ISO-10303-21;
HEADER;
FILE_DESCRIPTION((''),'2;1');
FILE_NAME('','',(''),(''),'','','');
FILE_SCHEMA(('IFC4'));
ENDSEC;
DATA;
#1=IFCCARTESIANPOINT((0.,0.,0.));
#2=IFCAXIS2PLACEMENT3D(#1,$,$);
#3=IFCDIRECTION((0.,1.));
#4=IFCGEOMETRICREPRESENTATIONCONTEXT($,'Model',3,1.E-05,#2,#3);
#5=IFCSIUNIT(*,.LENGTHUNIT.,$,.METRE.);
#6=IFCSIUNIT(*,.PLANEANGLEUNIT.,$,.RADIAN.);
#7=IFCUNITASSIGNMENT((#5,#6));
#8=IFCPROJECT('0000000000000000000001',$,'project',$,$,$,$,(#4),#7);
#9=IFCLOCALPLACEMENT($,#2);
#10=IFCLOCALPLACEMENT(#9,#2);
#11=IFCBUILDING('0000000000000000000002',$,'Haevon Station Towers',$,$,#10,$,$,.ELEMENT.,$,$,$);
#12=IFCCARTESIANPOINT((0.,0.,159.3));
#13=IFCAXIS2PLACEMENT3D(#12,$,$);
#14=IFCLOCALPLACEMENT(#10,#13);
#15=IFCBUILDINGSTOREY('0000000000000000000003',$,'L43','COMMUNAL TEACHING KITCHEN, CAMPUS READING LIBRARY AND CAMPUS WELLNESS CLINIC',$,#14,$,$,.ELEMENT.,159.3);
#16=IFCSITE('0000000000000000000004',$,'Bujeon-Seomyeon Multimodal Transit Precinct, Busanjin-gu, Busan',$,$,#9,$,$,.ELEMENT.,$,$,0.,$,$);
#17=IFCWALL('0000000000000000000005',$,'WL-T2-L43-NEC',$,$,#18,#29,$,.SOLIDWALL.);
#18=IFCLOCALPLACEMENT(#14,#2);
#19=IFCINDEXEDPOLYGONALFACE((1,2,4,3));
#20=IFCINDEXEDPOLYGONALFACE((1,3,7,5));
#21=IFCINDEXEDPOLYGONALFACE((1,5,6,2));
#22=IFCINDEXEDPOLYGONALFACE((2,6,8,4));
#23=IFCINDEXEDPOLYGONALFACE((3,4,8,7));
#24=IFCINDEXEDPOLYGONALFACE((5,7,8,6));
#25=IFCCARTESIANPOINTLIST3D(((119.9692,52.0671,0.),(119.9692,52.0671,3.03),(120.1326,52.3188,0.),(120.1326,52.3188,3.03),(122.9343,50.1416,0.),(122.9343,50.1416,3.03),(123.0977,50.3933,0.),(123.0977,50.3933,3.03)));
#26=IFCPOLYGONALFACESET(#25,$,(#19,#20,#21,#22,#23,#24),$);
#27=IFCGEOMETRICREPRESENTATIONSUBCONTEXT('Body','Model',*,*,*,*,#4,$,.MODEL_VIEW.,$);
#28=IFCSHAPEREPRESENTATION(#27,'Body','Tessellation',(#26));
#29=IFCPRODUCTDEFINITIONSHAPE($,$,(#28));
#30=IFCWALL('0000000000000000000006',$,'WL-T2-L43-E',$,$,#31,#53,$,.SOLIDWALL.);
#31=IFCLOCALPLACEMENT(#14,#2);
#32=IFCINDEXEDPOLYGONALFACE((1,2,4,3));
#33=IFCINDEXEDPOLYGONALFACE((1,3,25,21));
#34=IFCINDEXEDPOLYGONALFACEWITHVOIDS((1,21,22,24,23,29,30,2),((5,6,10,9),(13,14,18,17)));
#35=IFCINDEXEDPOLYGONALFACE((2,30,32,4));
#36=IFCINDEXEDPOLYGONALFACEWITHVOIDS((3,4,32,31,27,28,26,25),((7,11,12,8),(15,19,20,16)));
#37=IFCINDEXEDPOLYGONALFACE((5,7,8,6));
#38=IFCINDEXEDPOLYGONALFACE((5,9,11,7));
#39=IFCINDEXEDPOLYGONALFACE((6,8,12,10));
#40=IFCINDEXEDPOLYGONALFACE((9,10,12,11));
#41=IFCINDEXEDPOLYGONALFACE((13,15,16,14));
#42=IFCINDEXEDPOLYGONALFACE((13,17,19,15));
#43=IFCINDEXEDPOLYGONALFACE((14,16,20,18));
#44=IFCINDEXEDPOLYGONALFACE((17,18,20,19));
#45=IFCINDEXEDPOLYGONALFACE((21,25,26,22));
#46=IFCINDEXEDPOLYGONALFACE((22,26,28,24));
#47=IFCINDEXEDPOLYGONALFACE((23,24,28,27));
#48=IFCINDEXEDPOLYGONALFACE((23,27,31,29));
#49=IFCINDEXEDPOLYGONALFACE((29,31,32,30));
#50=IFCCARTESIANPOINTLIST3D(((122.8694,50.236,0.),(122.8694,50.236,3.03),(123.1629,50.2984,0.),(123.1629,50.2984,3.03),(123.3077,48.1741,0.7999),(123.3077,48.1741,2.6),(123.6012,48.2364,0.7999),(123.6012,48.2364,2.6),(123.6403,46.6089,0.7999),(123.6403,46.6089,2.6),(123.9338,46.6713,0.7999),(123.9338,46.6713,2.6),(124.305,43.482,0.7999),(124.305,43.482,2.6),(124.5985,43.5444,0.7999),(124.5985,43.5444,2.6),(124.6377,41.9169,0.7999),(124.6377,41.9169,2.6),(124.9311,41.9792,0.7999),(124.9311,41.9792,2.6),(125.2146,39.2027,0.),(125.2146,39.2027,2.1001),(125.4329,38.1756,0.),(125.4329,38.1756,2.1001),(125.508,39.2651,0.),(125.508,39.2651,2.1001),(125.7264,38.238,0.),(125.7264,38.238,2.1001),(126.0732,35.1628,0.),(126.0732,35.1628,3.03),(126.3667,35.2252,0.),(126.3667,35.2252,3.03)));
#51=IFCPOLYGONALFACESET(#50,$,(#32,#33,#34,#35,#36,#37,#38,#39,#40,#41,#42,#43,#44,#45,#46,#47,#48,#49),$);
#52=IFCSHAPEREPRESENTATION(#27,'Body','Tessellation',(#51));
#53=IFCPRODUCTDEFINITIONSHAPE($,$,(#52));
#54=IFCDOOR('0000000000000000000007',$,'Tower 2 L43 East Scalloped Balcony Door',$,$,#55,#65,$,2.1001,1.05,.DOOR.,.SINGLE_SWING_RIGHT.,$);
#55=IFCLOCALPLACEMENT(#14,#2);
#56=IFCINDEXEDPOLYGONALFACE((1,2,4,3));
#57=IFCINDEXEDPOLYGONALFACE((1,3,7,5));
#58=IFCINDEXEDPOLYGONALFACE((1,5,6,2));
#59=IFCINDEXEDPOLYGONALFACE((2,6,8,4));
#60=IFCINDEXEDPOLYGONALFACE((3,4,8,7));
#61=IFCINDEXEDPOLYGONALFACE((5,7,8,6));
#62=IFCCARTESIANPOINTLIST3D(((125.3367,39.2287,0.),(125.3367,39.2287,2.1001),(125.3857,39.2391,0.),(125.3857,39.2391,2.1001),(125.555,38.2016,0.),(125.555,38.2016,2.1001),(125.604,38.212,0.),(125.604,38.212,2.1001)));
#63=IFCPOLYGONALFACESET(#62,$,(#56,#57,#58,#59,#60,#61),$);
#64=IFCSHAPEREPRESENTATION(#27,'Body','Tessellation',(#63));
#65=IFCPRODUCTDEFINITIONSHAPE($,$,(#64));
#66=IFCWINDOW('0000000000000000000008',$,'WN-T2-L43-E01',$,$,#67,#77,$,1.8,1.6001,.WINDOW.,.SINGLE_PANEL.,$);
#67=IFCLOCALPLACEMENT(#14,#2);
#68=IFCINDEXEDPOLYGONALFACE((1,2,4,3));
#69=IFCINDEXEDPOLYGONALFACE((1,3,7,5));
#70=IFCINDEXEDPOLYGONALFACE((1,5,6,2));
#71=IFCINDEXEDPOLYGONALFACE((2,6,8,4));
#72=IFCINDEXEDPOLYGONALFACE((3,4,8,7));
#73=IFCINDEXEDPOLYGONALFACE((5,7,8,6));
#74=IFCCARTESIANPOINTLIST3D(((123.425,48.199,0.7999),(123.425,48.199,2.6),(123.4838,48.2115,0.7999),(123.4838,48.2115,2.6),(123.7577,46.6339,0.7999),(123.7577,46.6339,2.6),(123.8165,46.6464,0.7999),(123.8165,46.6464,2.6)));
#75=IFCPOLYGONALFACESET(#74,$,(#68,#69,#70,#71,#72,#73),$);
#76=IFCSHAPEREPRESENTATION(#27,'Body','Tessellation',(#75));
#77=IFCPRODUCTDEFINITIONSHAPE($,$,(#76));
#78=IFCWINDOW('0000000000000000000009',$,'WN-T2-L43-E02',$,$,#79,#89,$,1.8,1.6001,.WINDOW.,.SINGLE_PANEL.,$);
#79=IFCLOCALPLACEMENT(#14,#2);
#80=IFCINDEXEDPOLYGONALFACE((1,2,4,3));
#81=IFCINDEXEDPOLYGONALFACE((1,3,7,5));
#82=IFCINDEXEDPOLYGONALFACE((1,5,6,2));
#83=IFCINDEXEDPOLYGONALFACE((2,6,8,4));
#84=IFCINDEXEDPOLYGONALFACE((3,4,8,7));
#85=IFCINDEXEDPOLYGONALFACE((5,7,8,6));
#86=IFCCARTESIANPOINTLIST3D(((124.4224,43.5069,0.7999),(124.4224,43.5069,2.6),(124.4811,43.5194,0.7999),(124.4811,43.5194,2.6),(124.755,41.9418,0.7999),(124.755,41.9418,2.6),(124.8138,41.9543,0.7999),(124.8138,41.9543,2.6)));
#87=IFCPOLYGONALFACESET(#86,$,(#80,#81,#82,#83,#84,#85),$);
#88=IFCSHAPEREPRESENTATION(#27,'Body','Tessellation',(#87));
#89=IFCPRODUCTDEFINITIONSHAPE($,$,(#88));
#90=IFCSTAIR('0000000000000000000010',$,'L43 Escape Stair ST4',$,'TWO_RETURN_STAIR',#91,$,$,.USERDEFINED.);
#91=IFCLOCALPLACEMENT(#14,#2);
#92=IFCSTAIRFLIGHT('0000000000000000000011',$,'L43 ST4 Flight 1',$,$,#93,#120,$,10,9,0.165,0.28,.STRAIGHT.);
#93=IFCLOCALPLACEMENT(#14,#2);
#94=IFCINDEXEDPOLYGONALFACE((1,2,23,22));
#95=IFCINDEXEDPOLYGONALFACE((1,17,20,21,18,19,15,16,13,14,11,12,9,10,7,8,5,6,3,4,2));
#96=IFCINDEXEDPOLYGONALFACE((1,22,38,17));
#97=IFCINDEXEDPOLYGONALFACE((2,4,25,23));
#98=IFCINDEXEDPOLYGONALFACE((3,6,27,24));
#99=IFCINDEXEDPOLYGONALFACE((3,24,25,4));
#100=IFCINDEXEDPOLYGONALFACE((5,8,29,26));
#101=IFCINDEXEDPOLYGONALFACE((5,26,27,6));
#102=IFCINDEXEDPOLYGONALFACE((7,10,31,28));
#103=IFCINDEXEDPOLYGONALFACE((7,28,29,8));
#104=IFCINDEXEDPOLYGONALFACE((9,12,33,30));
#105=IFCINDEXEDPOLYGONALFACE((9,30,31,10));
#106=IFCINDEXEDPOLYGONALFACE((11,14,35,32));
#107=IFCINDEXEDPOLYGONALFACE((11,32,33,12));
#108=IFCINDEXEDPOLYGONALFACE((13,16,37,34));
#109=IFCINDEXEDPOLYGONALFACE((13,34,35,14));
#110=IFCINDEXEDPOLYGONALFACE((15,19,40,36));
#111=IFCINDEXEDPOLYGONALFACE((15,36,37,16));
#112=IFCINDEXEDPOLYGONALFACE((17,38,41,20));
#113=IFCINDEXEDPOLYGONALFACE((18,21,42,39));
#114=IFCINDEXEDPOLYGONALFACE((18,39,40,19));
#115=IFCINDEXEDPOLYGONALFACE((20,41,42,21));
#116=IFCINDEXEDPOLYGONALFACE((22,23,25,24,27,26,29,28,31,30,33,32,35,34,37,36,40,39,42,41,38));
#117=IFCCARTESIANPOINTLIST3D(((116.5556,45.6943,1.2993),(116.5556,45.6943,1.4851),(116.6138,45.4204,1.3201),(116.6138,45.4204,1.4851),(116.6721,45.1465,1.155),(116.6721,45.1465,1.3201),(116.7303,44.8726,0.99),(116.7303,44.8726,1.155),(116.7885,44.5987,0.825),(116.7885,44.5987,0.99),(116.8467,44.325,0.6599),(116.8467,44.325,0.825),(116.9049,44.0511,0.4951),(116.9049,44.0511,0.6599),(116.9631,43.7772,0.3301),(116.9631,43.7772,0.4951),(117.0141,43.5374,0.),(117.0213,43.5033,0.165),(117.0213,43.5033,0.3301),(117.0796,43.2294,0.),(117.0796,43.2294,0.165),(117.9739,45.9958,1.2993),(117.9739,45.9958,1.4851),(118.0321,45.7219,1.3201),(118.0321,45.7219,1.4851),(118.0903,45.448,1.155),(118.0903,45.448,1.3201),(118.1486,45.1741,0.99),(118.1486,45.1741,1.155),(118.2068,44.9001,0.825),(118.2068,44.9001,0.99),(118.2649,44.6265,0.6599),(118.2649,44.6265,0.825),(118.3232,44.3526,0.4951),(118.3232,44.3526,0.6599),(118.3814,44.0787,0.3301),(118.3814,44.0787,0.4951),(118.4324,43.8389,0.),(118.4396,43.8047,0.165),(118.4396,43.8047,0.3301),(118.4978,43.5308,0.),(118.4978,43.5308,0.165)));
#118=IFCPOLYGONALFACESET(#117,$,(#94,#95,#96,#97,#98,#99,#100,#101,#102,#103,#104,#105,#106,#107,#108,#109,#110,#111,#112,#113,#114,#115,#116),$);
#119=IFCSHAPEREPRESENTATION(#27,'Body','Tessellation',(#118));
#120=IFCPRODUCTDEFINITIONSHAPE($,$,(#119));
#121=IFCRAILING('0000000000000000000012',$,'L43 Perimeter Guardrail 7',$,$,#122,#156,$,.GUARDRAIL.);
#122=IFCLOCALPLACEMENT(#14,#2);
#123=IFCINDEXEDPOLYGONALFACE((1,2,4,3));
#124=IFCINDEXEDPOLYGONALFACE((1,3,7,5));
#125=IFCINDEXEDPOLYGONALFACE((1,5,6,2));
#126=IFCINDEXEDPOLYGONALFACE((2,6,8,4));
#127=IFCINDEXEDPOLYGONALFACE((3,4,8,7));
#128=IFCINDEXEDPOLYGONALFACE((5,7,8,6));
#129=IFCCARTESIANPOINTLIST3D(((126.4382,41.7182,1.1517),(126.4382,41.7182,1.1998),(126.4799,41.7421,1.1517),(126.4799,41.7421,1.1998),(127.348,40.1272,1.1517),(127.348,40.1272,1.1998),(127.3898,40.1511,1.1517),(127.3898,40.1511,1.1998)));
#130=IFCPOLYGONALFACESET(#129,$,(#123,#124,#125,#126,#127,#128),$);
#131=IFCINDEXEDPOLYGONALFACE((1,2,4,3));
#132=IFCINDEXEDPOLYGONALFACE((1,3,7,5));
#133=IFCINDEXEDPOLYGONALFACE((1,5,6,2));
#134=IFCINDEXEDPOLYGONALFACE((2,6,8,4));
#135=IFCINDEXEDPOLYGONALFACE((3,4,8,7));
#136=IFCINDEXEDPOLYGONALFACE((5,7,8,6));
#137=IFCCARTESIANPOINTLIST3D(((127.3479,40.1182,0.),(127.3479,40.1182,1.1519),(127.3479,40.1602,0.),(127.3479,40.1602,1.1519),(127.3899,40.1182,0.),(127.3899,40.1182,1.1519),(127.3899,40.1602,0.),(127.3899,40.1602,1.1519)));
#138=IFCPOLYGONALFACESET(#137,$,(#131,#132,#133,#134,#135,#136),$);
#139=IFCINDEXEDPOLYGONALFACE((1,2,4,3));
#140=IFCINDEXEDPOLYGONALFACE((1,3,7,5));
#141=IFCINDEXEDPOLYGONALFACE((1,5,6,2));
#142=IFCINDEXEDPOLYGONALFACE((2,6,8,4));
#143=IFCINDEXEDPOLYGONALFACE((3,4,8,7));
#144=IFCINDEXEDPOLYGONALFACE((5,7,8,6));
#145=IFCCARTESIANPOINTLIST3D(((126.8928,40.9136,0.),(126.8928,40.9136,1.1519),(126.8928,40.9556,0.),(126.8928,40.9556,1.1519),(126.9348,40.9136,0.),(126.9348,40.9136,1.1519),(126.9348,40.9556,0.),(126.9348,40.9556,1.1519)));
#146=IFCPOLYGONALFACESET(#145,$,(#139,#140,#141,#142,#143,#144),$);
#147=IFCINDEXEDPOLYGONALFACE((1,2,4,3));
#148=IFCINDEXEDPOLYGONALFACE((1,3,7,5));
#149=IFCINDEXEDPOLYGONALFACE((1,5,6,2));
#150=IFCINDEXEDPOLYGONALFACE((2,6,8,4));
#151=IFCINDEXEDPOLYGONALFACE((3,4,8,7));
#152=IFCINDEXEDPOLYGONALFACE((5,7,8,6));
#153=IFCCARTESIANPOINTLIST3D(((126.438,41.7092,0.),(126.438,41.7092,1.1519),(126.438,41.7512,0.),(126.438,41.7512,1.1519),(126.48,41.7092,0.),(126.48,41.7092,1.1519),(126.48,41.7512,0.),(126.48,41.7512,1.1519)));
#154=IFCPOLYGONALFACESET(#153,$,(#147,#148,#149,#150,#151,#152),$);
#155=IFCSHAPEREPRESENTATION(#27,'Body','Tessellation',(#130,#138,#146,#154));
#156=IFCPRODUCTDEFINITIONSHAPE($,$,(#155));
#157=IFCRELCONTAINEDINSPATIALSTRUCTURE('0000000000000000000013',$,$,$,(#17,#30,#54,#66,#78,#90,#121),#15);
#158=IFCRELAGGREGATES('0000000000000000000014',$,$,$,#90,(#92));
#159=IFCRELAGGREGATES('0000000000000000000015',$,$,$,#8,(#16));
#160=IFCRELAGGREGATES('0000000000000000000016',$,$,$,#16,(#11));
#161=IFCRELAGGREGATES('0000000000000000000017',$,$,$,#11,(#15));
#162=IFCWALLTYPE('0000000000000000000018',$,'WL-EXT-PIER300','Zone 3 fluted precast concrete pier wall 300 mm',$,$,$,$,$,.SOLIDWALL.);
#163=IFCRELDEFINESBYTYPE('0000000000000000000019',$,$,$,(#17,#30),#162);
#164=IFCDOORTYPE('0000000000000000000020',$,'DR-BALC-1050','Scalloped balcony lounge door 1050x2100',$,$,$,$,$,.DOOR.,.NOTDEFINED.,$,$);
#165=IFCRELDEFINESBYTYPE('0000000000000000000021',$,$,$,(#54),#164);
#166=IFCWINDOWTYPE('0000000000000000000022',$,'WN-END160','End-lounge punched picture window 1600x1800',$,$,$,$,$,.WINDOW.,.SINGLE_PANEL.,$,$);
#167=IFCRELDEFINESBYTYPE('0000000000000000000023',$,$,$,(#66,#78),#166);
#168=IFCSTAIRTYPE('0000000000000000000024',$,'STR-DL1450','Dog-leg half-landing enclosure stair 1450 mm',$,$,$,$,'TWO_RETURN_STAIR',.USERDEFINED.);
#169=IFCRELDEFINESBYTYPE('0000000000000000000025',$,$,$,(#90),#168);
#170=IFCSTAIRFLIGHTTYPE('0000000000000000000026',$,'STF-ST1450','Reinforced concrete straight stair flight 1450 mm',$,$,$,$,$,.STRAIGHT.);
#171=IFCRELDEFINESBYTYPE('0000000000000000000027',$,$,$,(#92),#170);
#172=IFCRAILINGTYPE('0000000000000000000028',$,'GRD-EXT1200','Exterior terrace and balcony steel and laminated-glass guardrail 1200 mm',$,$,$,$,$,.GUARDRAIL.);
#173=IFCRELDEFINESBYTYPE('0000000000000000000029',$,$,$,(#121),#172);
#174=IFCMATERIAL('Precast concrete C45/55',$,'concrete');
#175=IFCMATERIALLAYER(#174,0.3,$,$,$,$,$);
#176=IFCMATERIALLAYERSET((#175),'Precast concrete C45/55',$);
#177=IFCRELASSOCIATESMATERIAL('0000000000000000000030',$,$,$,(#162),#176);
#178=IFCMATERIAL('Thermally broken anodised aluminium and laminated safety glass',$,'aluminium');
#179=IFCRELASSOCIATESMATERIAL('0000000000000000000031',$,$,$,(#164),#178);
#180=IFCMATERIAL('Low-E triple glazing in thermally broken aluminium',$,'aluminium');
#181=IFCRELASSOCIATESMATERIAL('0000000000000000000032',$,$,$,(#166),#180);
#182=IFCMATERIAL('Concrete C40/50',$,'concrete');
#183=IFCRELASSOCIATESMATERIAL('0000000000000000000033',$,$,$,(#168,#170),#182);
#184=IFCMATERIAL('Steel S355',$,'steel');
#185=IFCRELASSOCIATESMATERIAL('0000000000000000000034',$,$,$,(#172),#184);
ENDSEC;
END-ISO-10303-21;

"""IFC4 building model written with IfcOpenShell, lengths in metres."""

from ifc_helpers import new_model, si_unit, direction, frame, frame_2d, origin, origin_2d, place, context, subcontext, project, spatial, polyline, rectangle, outline, extrude, material, layer, layer_set, type_object, element, fill, aggregate, save


model = new_model("IFC4")

# Units and contexts
model_context = context("Model", 3, precision=1e-05, world=origin(), true_north=direction((0.0, 1.0)))
body_context = subcontext(model_context, "Body", "Model", "MODEL_VIEW")
ifc_project = project(units=[si_unit("LENGTHUNIT", "METRE"), si_unit("PLANEANGLEUNIT", "RADIAN")], contexts=[model_context])

# Site, building, storey
site_placement = place(None, origin())
site = spatial("IfcSite", under=ifc_project, at=site_placement, Name="Bujeon-Seomyeon Multimodal Transit Precinct, Busanjin-gu, Busan", CompositionType="ELEMENT", RefElevation=0.0)
building_placement = place(site_placement, origin())
building = spatial("IfcBuilding", under=site, at=building_placement, Name="Haevon Station Towers", CompositionType="ELEMENT")
storey_placement = place(building_placement, frame((0.0, 0.0, 159.3)))
storey = spatial("IfcBuildingStorey", under=building, at=storey_placement, Name="L43", Description="COMMUNAL TEACHING KITCHEN, CAMPUS READING LIBRARY AND CAMPUS WELLNESS CLINIC", CompositionType="ELEMENT", Elevation=159.3)

# Shared definitions
ifc_material_1 = material(Name="Steel S355", Category="steel")

# Wall
ifc_material_2 = material(Name="Precast concrete C45/55", Category="concrete")
ifc_layer_1 = layer(ifc_material_2, 0.3)
ifc_layer_set_1 = layer_set([ifc_layer_1], Name="Precast concrete C45/55")
wall_type_1 = type_object("IfcWallType", Name="WL-EXT-PIER300", Description="Zone 3 fluted precast concrete pier wall 300 mm", PredefinedType="SOLIDWALL", material=ifc_layer_set_1)
wall_1_placement = place(storey_placement, frame((120.051, 52.1929, 0.0), z_axis=(0.0, 0.0, 1.0), x_axis=(0.838672, -0.544636, 0.0)))
element("IfcWall", 1, at=wall_1_placement, inside=storey, type_object=wall_type_1, Name="WL-T2-L43-NEC", PredefinedType="SOLIDWALL", context=body_context, shape_type="SweptSolid", body=[
    extrude(rectangle(XDim=3.5354, YDim=0.3, at=frame_2d((1.7676, 0.0))), origin(), (0.0, 0.0, 1.0), 3.03),
])

# Wall, openings, door, windows
wall_2_placement = place(storey_placement, frame((123.0161, 50.2673, 0.0), z_axis=(0.0, 0.0, 1.0), x_axis=(0.207908, -0.978148, 0.0)))
wall_2 = element("IfcWall", 2, at=wall_2_placement, inside=storey, type_object=wall_type_1, Name="WL-T2-L43-E", PredefinedType="SOLIDWALL", context=body_context, shape_type="SweptSolid", body=[
    extrude(rectangle(XDim=15.4099, YDim=0.3, at=frame_2d((7.7051, 0.0))), origin(), (0.0, 0.0, 1.0), 3.03),
])
opening_1_placement = place(wall_2_placement, frame((11.28, 0.0, 0.0)))
opening_1 = element("IfcOpeningElement", 3, at=opening_1_placement, cuts=wall_2, PredefinedType="OPENING", context=body_context, shape_type="SweptSolid", body=[
    extrude(rectangle(XDim=1.05, YDim=2.1001, at=frame_2d((0.5249, 1.05))), frame((0.0, 0.1599, 0.0), z_axis=(0.0, -1.0, 0.0), x_axis=(1.0, 0.0, 0.0)), (0.0, 0.0, 1.0), 0.3201),
])
opening_2_placement = place(wall_2_placement, frame((2.1082, 0.0, 0.8)))
opening_2 = element("IfcOpeningElement", 4, at=opening_2_placement, cuts=wall_2, PredefinedType="OPENING", context=body_context, shape_type="SweptSolid", body=[
    extrude(rectangle(XDim=1.6001, YDim=1.8, at=frame_2d((0.8, 0.8999))), frame((0.0, 0.1599, 0.0), z_axis=(0.0, -1.0, 0.0), x_axis=(1.0, 0.0, 0.0)), (0.0, 0.0, 1.0), 0.3201),
])
opening_3_placement = place(wall_2_placement, frame((6.905, 0.0, 0.8)))
opening_3 = element("IfcOpeningElement", 5, at=opening_3_placement, cuts=wall_2, PredefinedType="OPENING", context=body_context, shape_type="SweptSolid", body=[
    extrude(rectangle(XDim=1.6001, YDim=1.8, at=frame_2d((0.8, 0.8999))), frame((0.0, 0.1599, 0.0), z_axis=(0.0, -1.0, 0.0), x_axis=(1.0, 0.0, 0.0)), (0.0, 0.0, 1.0), 0.3201),
])
ifc_material_3 = material(Name="Thermally broken anodised aluminium and laminated safety glass", Category="aluminium")
door_type = type_object("IfcDoorType", Name="DR-BALC-1050", Description="Scalloped balcony lounge door 1050x2100", OperationType="NOTDEFINED", PredefinedType="DOOR", material=ifc_material_3)
door_placement = place(opening_1_placement, origin())
door = element("IfcDoor", 6, at=door_placement, inside=storey, type_object=door_type, Name="Tower 2 L43 East Scalloped Balcony Door", OperationType="SINGLE_SWING_RIGHT", OverallHeight=2.1001, OverallWidth=1.05, PredefinedType="DOOR", context=body_context, shape_type="SweptSolid", body=[
    extrude(rectangle(XDim=1.05, YDim=2.1001, at=frame_2d((0.5249, 1.05))), frame((0.0, 0.0249, 0.0), z_axis=(0.0, -1.0, 0.0), x_axis=(1.0, 0.0, 0.0)), (0.0, 0.0, 1.0), 0.05),
])
fill(opening_1, door)
ifc_material_4 = material(Name="Low-E triple glazing in thermally broken aluminium", Category="aluminium")
window_type = type_object("IfcWindowType", Name="WN-END160", Description="End-lounge punched picture window 1600x1800", PartitioningType="SINGLE_PANEL", PredefinedType="WINDOW", material=ifc_material_4)
window_1_placement = place(opening_2_placement, origin())
window_1 = element("IfcWindow", 7, at=window_1_placement, inside=storey, type_object=window_type, Name="WN-T2-L43-E01", OverallHeight=1.8, OverallWidth=1.6001, PartitioningType="SINGLE_PANEL", PredefinedType="WINDOW", context=body_context, shape_type="SweptSolid", body=[
    extrude(rectangle(XDim=1.6001, YDim=1.8, at=frame_2d((0.8, 0.8999))), frame((0.0, 0.03, 0.0), z_axis=(0.0, -1.0, 0.0), x_axis=(1.0, 0.0, 0.0)), (0.0, 0.0, 1.0), 0.0601),
])
fill(opening_2, window_1)
window_2_placement = place(opening_3_placement, origin())
window_2 = element("IfcWindow", 8, at=window_2_placement, inside=storey, type_object=window_type, Name="WN-T2-L43-E02", OverallHeight=1.8, OverallWidth=1.6001, PartitioningType="SINGLE_PANEL", PredefinedType="WINDOW", context=body_context, shape_type="SweptSolid", body=[
    extrude(rectangle(XDim=1.6001, YDim=1.8, at=frame_2d((0.8, 0.8999))), frame((0.0, 0.03, 0.0), z_axis=(0.0, -1.0, 0.0), x_axis=(1.0, 0.0, 0.0)), (0.0, 0.0, 1.0), 0.0601),
])
fill(opening_3, window_2)

# Stair, stair flight
ifc_material_5 = material(Name="Concrete C40/50", Category="concrete")
stair_type = type_object("IfcStairType", Name="STR-DL1450", Description="Dog-leg half-landing enclosure stair 1450 mm", ElementType="TWO_RETURN_STAIR", PredefinedType="USERDEFINED", material=ifc_material_5)
stair_placement = place(storey_placement, origin())
stair = element("IfcStair", 9, at=stair_placement, inside=storey, type_object=stair_type, Name="L43 Escape Stair ST4", ObjectType="TWO_RETURN_STAIR", PredefinedType="USERDEFINED")
stair_flight_type = type_object("IfcStairFlightType", Name="STF-ST1450", Description="Reinforced concrete straight stair flight 1450 mm", PredefinedType="STRAIGHT", material=ifc_material_5)
stair_flight_placement = place(storey_placement, frame((117.7888, 43.3801, 0.0), z_axis=(0.0, 0.0, 1.0), x_axis=(-0.207912, 0.978148, 0.0)))
stair_flight = element("IfcStairFlight", 10, at=stair_flight_placement, type_object=stair_flight_type, Name="L43 ST4 Flight 1", NumberOfRisers=10, NumberOfTreads=9, PredefinedType="STRAIGHT", RiserHeight=0.165, TreadLength=0.28, context=body_context, shape_type="SweptSolid", body=[
    extrude(outline(polyline([(0.0, 0.0), (0.0, 0.165), (0.28, 0.165), (0.28, 0.3301), (0.5601, 0.3301), (0.5601, 0.4951), (0.8401, 0.4951), (0.8401, 0.6599), (1.1201, 0.6599), (1.1201, 0.825), (1.3999, 0.825), (1.3999, 0.99), (1.6799, 0.99), (1.6799, 1.155), (1.96, 1.155), (1.96, 1.3201), (2.24, 1.3201), (2.24, 1.4851), (2.52, 1.4851), (2.52, 1.6499), (2.52, 1.2993), (0.3149, 0.0), (0.0, 0.0)])), frame((0.0, 0.7251, 0.0), z_axis=(0.0, -1.0, 0.0), x_axis=(1.0, 0.0, 0.0)), (0.0, 0.0, 1.0), 1.45),
])
aggregate(stair, [stair_flight])

# Railing
railing_type_1 = type_object("IfcRailingType", Name="GRD-EXT1200", Description="Exterior terrace and balcony steel and laminated-glass guardrail 1200 mm", PredefinedType="GUARDRAIL", material=ifc_material_1)
railing_1_placement = place(storey_placement, frame((127.3689, 40.1392, 0.0)))
element("IfcRailing", 11, at=railing_1_placement, inside=storey, type_object=railing_type_1, Name="L43 Perimeter Guardrail 7", PredefinedType="GUARDRAIL", context=body_context, shape_type="SweptSolid", body=[
    extrude(rectangle(XDim=0.0481, YDim=0.0481, at=origin_2d()), frame((0.0, 0.0, 1.1758), z_axis=(-0.49644, 0.868071, 0.0), x_axis=(-0.868071, -0.49644, 0.0)), (0.0, 0.0, 1.0), 1.8328),
    extrude(rectangle(XDim=0.042, YDim=0.042, at=origin_2d()), origin(), (0.0, 0.0, 1.0), 1.1519),
    extrude(rectangle(XDim=0.042, YDim=0.042, at=origin_2d()), frame((-0.4551, 0.7954, 0.0)), (0.0, 0.0, 1.0), 1.1519),
    extrude(rectangle(XDim=0.042, YDim=0.042, at=origin_2d()), frame((-0.9099, 1.5911, 0.0)), (0.0, 0.0, 1.0), 1.1519),
])

save(model, "model.ifc")
